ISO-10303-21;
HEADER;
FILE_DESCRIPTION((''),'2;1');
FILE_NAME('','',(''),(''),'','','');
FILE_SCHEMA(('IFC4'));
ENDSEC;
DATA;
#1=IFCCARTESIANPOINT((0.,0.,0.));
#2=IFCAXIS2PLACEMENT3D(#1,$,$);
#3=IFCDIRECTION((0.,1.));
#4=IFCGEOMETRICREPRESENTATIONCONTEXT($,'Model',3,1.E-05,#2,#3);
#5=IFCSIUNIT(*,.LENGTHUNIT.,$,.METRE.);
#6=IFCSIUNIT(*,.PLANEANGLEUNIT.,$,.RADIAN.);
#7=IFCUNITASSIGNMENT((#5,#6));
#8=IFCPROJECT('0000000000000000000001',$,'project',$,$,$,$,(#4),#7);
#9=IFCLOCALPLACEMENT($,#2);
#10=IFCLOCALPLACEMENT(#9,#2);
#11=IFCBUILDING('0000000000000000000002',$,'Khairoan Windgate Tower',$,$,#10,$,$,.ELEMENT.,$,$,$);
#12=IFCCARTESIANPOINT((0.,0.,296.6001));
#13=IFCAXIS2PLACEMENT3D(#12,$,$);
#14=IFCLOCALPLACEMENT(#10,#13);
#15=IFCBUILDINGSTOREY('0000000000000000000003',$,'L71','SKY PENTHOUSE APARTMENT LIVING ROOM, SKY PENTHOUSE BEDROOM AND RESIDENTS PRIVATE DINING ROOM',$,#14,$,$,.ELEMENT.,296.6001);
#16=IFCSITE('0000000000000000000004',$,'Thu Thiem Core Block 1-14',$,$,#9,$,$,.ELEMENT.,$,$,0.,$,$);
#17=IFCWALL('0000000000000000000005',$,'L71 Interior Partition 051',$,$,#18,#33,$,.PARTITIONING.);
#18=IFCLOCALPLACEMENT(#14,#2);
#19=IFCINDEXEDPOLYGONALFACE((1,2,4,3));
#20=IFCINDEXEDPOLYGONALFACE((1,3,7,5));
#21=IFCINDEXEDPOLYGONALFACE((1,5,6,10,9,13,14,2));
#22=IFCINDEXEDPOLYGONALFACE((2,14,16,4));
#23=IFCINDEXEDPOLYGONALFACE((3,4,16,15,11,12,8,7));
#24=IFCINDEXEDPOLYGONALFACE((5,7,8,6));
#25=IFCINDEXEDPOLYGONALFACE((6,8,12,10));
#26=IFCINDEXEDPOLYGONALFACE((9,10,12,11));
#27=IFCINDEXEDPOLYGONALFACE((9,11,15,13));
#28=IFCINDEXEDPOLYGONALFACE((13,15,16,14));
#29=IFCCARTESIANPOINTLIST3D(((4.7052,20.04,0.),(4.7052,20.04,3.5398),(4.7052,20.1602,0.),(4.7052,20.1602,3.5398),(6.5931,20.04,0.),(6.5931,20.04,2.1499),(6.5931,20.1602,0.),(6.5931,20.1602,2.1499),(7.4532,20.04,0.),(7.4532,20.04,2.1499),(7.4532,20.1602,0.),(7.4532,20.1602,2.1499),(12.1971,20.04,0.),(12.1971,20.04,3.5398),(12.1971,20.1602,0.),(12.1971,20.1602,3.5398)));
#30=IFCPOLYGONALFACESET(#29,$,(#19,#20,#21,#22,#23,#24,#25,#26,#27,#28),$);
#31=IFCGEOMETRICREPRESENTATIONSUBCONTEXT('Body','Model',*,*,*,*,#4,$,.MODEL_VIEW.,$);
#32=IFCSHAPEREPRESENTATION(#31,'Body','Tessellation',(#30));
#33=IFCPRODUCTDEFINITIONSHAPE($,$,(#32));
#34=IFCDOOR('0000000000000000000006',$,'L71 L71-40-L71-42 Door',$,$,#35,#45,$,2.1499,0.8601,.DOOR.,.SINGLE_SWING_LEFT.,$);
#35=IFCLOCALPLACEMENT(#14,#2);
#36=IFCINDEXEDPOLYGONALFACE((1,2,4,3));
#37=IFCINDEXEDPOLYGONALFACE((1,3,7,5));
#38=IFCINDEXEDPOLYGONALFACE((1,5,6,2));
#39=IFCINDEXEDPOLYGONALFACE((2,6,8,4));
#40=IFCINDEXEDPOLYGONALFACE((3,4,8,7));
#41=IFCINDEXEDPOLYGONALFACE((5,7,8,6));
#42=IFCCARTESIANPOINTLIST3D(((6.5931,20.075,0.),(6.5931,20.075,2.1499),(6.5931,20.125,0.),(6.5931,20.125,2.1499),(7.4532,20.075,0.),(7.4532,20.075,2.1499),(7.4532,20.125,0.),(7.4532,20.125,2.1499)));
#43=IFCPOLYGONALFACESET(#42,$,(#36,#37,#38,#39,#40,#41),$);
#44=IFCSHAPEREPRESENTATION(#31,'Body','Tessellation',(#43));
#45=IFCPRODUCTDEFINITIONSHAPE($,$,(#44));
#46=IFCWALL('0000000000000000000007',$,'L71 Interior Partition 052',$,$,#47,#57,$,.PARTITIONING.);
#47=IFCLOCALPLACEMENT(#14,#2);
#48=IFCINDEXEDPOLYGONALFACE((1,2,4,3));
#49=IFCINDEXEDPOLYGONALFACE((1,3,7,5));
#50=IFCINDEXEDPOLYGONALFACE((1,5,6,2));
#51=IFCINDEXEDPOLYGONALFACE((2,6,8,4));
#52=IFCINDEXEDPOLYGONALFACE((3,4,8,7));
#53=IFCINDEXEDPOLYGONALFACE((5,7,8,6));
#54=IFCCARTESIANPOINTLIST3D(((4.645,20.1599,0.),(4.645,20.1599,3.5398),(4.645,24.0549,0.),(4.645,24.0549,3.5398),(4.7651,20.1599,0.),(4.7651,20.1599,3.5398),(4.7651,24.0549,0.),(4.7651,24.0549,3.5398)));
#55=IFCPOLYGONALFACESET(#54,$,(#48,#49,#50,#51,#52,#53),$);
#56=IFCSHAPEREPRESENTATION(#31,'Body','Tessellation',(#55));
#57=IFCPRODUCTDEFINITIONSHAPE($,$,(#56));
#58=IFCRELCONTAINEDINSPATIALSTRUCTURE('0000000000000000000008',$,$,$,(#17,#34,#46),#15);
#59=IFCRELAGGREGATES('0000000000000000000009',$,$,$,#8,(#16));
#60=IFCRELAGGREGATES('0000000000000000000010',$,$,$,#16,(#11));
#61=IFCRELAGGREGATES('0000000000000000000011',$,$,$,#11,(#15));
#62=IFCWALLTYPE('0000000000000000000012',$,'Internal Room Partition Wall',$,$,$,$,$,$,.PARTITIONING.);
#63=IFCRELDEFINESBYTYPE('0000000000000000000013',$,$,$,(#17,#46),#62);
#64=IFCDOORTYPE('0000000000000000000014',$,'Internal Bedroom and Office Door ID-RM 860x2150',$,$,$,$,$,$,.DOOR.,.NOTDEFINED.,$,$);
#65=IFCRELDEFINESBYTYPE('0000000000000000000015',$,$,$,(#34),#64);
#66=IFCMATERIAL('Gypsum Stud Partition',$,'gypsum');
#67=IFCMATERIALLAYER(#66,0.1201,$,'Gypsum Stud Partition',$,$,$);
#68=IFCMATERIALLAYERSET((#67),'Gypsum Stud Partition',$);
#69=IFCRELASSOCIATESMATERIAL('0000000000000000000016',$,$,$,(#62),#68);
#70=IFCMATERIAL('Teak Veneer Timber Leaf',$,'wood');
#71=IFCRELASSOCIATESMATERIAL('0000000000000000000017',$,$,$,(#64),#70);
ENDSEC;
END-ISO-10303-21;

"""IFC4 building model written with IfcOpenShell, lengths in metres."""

from ifc_helpers import new_model, si_unit, direction, frame, frame_2d, origin, place, context, subcontext, project, spatial, rectangle, extrude, material, layer, layer_set, type_object, element, fill, save


model = new_model("IFC4")

# Units and contexts
model_context = context("Model", 3, precision=1e-05, world=origin(), true_north=direction((0.0, 1.0)))
body_context = subcontext(model_context, "Body", "Model", "MODEL_VIEW")
ifc_project = project(units=[si_unit("LENGTHUNIT", "METRE"), si_unit("PLANEANGLEUNIT", "RADIAN")], contexts=[model_context])

# Site, building, storey
site_placement = place(None, origin())
site = spatial("IfcSite", under=ifc_project, at=site_placement, Name="Thu Thiem Core Block 1-14", CompositionType="ELEMENT", RefElevation=0.0)
building_placement = place(site_placement, origin())
building = spatial("IfcBuilding", under=site, at=building_placement, Name="Khairoan Windgate Tower", CompositionType="ELEMENT")
storey_placement = place(building_placement, frame((0.0, 0.0, 296.6001)))
storey = spatial("IfcBuildingStorey", under=building, at=storey_placement, Name="L71", Description="SKY PENTHOUSE APARTMENT LIVING ROOM, SKY PENTHOUSE BEDROOM AND RESIDENTS PRIVATE DINING ROOM", CompositionType="ELEMENT", Elevation=296.6001)

# Wall, opening, door
ifc_material_1 = material(Name="Gypsum Stud Partition", Category="gypsum")
ifc_layer_1 = layer(ifc_material_1, 0.1201, Name="Gypsum Stud Partition")
ifc_layer_set_1 = layer_set([ifc_layer_1], Name="Gypsum Stud Partition")
wall_type = type_object("IfcWallType", Name="Internal Room Partition Wall", PredefinedType="PARTITIONING", material=ifc_layer_set_1)
wall_1_placement = place(storey_placement, frame((4.7051, 20.1001, 0.0), z_axis=(0.0, 0.0, 1.0), x_axis=(1.0, 0.0, 0.0)))
wall_1 = element("IfcWall", 1, at=wall_1_placement, inside=storey, type_object=wall_type, Name="L71 Interior Partition 051", PredefinedType="PARTITIONING", context=body_context, shape_type="SweptSolid", body=[
    extrude(rectangle(XDim=7.4919, YDim=0.1201, at=frame_2d((3.7461, 0.0))), origin(), (0.0, 0.0, 1.0), 3.5398),
])
opening_placement = place(wall_1_placement, frame((1.8879, 0.0, 0.0)))
opening = element("IfcOpeningElement", 2, at=opening_placement, cuts=wall_1, PredefinedType="OPENING", context=body_context, shape_type="SweptSolid", body=[
    extrude(rectangle(XDim=0.8601, YDim=2.1499, at=frame_2d((0.4302, 1.075))), frame((0.0, 0.0701, 0.0), z_axis=(0.0, -1.0, 0.0), x_axis=(1.0, 0.0, 0.0)), (0.0, 0.0, 1.0), 0.1401),
])
ifc_material_2 = material(Name="Teak Veneer Timber Leaf", Category="wood")
door_type = type_object("IfcDoorType", Name="Internal Bedroom and Office Door ID-RM 860x2150", OperationType="NOTDEFINED", PredefinedType="DOOR", material=ifc_material_2)
door_placement = place(opening_placement, origin())
door = element("IfcDoor", 3, at=door_placement, inside=storey, type_object=door_type, Name="L71 L71-40-L71-42 Door", OperationType="SINGLE_SWING_LEFT", OverallHeight=2.1499, OverallWidth=0.8601, PredefinedType="DOOR", context=body_context, shape_type="SweptSolid", body=[
    extrude(rectangle(XDim=0.8601, YDim=2.1499, at=frame_2d((0.4302, 1.075))), frame((0.0, 0.0249, 0.0), z_axis=(0.0, -1.0, 0.0), x_axis=(1.0, 0.0, 0.0)), (0.0, 0.0, 1.0), 0.05),
])
fill(opening, door)

# Wall
wall_2_placement = place(storey_placement, frame((4.7051, 20.1599, 0.0), z_axis=(0.0, 0.0, 1.0), x_axis=(0.0, 1.0, 0.0)))
element("IfcWall", 4, at=wall_2_placement, inside=storey, type_object=wall_type, Name="L71 Interior Partition 052", PredefinedType="PARTITIONING", context=body_context, shape_type="SweptSolid", body=[
    extrude(rectangle(XDim=3.895, YDim=0.1201, at=frame_2d((1.9475, 0.0))), origin(), (0.0, 0.0, 1.0), 3.5398),
])

save(model, "model.ifc")
